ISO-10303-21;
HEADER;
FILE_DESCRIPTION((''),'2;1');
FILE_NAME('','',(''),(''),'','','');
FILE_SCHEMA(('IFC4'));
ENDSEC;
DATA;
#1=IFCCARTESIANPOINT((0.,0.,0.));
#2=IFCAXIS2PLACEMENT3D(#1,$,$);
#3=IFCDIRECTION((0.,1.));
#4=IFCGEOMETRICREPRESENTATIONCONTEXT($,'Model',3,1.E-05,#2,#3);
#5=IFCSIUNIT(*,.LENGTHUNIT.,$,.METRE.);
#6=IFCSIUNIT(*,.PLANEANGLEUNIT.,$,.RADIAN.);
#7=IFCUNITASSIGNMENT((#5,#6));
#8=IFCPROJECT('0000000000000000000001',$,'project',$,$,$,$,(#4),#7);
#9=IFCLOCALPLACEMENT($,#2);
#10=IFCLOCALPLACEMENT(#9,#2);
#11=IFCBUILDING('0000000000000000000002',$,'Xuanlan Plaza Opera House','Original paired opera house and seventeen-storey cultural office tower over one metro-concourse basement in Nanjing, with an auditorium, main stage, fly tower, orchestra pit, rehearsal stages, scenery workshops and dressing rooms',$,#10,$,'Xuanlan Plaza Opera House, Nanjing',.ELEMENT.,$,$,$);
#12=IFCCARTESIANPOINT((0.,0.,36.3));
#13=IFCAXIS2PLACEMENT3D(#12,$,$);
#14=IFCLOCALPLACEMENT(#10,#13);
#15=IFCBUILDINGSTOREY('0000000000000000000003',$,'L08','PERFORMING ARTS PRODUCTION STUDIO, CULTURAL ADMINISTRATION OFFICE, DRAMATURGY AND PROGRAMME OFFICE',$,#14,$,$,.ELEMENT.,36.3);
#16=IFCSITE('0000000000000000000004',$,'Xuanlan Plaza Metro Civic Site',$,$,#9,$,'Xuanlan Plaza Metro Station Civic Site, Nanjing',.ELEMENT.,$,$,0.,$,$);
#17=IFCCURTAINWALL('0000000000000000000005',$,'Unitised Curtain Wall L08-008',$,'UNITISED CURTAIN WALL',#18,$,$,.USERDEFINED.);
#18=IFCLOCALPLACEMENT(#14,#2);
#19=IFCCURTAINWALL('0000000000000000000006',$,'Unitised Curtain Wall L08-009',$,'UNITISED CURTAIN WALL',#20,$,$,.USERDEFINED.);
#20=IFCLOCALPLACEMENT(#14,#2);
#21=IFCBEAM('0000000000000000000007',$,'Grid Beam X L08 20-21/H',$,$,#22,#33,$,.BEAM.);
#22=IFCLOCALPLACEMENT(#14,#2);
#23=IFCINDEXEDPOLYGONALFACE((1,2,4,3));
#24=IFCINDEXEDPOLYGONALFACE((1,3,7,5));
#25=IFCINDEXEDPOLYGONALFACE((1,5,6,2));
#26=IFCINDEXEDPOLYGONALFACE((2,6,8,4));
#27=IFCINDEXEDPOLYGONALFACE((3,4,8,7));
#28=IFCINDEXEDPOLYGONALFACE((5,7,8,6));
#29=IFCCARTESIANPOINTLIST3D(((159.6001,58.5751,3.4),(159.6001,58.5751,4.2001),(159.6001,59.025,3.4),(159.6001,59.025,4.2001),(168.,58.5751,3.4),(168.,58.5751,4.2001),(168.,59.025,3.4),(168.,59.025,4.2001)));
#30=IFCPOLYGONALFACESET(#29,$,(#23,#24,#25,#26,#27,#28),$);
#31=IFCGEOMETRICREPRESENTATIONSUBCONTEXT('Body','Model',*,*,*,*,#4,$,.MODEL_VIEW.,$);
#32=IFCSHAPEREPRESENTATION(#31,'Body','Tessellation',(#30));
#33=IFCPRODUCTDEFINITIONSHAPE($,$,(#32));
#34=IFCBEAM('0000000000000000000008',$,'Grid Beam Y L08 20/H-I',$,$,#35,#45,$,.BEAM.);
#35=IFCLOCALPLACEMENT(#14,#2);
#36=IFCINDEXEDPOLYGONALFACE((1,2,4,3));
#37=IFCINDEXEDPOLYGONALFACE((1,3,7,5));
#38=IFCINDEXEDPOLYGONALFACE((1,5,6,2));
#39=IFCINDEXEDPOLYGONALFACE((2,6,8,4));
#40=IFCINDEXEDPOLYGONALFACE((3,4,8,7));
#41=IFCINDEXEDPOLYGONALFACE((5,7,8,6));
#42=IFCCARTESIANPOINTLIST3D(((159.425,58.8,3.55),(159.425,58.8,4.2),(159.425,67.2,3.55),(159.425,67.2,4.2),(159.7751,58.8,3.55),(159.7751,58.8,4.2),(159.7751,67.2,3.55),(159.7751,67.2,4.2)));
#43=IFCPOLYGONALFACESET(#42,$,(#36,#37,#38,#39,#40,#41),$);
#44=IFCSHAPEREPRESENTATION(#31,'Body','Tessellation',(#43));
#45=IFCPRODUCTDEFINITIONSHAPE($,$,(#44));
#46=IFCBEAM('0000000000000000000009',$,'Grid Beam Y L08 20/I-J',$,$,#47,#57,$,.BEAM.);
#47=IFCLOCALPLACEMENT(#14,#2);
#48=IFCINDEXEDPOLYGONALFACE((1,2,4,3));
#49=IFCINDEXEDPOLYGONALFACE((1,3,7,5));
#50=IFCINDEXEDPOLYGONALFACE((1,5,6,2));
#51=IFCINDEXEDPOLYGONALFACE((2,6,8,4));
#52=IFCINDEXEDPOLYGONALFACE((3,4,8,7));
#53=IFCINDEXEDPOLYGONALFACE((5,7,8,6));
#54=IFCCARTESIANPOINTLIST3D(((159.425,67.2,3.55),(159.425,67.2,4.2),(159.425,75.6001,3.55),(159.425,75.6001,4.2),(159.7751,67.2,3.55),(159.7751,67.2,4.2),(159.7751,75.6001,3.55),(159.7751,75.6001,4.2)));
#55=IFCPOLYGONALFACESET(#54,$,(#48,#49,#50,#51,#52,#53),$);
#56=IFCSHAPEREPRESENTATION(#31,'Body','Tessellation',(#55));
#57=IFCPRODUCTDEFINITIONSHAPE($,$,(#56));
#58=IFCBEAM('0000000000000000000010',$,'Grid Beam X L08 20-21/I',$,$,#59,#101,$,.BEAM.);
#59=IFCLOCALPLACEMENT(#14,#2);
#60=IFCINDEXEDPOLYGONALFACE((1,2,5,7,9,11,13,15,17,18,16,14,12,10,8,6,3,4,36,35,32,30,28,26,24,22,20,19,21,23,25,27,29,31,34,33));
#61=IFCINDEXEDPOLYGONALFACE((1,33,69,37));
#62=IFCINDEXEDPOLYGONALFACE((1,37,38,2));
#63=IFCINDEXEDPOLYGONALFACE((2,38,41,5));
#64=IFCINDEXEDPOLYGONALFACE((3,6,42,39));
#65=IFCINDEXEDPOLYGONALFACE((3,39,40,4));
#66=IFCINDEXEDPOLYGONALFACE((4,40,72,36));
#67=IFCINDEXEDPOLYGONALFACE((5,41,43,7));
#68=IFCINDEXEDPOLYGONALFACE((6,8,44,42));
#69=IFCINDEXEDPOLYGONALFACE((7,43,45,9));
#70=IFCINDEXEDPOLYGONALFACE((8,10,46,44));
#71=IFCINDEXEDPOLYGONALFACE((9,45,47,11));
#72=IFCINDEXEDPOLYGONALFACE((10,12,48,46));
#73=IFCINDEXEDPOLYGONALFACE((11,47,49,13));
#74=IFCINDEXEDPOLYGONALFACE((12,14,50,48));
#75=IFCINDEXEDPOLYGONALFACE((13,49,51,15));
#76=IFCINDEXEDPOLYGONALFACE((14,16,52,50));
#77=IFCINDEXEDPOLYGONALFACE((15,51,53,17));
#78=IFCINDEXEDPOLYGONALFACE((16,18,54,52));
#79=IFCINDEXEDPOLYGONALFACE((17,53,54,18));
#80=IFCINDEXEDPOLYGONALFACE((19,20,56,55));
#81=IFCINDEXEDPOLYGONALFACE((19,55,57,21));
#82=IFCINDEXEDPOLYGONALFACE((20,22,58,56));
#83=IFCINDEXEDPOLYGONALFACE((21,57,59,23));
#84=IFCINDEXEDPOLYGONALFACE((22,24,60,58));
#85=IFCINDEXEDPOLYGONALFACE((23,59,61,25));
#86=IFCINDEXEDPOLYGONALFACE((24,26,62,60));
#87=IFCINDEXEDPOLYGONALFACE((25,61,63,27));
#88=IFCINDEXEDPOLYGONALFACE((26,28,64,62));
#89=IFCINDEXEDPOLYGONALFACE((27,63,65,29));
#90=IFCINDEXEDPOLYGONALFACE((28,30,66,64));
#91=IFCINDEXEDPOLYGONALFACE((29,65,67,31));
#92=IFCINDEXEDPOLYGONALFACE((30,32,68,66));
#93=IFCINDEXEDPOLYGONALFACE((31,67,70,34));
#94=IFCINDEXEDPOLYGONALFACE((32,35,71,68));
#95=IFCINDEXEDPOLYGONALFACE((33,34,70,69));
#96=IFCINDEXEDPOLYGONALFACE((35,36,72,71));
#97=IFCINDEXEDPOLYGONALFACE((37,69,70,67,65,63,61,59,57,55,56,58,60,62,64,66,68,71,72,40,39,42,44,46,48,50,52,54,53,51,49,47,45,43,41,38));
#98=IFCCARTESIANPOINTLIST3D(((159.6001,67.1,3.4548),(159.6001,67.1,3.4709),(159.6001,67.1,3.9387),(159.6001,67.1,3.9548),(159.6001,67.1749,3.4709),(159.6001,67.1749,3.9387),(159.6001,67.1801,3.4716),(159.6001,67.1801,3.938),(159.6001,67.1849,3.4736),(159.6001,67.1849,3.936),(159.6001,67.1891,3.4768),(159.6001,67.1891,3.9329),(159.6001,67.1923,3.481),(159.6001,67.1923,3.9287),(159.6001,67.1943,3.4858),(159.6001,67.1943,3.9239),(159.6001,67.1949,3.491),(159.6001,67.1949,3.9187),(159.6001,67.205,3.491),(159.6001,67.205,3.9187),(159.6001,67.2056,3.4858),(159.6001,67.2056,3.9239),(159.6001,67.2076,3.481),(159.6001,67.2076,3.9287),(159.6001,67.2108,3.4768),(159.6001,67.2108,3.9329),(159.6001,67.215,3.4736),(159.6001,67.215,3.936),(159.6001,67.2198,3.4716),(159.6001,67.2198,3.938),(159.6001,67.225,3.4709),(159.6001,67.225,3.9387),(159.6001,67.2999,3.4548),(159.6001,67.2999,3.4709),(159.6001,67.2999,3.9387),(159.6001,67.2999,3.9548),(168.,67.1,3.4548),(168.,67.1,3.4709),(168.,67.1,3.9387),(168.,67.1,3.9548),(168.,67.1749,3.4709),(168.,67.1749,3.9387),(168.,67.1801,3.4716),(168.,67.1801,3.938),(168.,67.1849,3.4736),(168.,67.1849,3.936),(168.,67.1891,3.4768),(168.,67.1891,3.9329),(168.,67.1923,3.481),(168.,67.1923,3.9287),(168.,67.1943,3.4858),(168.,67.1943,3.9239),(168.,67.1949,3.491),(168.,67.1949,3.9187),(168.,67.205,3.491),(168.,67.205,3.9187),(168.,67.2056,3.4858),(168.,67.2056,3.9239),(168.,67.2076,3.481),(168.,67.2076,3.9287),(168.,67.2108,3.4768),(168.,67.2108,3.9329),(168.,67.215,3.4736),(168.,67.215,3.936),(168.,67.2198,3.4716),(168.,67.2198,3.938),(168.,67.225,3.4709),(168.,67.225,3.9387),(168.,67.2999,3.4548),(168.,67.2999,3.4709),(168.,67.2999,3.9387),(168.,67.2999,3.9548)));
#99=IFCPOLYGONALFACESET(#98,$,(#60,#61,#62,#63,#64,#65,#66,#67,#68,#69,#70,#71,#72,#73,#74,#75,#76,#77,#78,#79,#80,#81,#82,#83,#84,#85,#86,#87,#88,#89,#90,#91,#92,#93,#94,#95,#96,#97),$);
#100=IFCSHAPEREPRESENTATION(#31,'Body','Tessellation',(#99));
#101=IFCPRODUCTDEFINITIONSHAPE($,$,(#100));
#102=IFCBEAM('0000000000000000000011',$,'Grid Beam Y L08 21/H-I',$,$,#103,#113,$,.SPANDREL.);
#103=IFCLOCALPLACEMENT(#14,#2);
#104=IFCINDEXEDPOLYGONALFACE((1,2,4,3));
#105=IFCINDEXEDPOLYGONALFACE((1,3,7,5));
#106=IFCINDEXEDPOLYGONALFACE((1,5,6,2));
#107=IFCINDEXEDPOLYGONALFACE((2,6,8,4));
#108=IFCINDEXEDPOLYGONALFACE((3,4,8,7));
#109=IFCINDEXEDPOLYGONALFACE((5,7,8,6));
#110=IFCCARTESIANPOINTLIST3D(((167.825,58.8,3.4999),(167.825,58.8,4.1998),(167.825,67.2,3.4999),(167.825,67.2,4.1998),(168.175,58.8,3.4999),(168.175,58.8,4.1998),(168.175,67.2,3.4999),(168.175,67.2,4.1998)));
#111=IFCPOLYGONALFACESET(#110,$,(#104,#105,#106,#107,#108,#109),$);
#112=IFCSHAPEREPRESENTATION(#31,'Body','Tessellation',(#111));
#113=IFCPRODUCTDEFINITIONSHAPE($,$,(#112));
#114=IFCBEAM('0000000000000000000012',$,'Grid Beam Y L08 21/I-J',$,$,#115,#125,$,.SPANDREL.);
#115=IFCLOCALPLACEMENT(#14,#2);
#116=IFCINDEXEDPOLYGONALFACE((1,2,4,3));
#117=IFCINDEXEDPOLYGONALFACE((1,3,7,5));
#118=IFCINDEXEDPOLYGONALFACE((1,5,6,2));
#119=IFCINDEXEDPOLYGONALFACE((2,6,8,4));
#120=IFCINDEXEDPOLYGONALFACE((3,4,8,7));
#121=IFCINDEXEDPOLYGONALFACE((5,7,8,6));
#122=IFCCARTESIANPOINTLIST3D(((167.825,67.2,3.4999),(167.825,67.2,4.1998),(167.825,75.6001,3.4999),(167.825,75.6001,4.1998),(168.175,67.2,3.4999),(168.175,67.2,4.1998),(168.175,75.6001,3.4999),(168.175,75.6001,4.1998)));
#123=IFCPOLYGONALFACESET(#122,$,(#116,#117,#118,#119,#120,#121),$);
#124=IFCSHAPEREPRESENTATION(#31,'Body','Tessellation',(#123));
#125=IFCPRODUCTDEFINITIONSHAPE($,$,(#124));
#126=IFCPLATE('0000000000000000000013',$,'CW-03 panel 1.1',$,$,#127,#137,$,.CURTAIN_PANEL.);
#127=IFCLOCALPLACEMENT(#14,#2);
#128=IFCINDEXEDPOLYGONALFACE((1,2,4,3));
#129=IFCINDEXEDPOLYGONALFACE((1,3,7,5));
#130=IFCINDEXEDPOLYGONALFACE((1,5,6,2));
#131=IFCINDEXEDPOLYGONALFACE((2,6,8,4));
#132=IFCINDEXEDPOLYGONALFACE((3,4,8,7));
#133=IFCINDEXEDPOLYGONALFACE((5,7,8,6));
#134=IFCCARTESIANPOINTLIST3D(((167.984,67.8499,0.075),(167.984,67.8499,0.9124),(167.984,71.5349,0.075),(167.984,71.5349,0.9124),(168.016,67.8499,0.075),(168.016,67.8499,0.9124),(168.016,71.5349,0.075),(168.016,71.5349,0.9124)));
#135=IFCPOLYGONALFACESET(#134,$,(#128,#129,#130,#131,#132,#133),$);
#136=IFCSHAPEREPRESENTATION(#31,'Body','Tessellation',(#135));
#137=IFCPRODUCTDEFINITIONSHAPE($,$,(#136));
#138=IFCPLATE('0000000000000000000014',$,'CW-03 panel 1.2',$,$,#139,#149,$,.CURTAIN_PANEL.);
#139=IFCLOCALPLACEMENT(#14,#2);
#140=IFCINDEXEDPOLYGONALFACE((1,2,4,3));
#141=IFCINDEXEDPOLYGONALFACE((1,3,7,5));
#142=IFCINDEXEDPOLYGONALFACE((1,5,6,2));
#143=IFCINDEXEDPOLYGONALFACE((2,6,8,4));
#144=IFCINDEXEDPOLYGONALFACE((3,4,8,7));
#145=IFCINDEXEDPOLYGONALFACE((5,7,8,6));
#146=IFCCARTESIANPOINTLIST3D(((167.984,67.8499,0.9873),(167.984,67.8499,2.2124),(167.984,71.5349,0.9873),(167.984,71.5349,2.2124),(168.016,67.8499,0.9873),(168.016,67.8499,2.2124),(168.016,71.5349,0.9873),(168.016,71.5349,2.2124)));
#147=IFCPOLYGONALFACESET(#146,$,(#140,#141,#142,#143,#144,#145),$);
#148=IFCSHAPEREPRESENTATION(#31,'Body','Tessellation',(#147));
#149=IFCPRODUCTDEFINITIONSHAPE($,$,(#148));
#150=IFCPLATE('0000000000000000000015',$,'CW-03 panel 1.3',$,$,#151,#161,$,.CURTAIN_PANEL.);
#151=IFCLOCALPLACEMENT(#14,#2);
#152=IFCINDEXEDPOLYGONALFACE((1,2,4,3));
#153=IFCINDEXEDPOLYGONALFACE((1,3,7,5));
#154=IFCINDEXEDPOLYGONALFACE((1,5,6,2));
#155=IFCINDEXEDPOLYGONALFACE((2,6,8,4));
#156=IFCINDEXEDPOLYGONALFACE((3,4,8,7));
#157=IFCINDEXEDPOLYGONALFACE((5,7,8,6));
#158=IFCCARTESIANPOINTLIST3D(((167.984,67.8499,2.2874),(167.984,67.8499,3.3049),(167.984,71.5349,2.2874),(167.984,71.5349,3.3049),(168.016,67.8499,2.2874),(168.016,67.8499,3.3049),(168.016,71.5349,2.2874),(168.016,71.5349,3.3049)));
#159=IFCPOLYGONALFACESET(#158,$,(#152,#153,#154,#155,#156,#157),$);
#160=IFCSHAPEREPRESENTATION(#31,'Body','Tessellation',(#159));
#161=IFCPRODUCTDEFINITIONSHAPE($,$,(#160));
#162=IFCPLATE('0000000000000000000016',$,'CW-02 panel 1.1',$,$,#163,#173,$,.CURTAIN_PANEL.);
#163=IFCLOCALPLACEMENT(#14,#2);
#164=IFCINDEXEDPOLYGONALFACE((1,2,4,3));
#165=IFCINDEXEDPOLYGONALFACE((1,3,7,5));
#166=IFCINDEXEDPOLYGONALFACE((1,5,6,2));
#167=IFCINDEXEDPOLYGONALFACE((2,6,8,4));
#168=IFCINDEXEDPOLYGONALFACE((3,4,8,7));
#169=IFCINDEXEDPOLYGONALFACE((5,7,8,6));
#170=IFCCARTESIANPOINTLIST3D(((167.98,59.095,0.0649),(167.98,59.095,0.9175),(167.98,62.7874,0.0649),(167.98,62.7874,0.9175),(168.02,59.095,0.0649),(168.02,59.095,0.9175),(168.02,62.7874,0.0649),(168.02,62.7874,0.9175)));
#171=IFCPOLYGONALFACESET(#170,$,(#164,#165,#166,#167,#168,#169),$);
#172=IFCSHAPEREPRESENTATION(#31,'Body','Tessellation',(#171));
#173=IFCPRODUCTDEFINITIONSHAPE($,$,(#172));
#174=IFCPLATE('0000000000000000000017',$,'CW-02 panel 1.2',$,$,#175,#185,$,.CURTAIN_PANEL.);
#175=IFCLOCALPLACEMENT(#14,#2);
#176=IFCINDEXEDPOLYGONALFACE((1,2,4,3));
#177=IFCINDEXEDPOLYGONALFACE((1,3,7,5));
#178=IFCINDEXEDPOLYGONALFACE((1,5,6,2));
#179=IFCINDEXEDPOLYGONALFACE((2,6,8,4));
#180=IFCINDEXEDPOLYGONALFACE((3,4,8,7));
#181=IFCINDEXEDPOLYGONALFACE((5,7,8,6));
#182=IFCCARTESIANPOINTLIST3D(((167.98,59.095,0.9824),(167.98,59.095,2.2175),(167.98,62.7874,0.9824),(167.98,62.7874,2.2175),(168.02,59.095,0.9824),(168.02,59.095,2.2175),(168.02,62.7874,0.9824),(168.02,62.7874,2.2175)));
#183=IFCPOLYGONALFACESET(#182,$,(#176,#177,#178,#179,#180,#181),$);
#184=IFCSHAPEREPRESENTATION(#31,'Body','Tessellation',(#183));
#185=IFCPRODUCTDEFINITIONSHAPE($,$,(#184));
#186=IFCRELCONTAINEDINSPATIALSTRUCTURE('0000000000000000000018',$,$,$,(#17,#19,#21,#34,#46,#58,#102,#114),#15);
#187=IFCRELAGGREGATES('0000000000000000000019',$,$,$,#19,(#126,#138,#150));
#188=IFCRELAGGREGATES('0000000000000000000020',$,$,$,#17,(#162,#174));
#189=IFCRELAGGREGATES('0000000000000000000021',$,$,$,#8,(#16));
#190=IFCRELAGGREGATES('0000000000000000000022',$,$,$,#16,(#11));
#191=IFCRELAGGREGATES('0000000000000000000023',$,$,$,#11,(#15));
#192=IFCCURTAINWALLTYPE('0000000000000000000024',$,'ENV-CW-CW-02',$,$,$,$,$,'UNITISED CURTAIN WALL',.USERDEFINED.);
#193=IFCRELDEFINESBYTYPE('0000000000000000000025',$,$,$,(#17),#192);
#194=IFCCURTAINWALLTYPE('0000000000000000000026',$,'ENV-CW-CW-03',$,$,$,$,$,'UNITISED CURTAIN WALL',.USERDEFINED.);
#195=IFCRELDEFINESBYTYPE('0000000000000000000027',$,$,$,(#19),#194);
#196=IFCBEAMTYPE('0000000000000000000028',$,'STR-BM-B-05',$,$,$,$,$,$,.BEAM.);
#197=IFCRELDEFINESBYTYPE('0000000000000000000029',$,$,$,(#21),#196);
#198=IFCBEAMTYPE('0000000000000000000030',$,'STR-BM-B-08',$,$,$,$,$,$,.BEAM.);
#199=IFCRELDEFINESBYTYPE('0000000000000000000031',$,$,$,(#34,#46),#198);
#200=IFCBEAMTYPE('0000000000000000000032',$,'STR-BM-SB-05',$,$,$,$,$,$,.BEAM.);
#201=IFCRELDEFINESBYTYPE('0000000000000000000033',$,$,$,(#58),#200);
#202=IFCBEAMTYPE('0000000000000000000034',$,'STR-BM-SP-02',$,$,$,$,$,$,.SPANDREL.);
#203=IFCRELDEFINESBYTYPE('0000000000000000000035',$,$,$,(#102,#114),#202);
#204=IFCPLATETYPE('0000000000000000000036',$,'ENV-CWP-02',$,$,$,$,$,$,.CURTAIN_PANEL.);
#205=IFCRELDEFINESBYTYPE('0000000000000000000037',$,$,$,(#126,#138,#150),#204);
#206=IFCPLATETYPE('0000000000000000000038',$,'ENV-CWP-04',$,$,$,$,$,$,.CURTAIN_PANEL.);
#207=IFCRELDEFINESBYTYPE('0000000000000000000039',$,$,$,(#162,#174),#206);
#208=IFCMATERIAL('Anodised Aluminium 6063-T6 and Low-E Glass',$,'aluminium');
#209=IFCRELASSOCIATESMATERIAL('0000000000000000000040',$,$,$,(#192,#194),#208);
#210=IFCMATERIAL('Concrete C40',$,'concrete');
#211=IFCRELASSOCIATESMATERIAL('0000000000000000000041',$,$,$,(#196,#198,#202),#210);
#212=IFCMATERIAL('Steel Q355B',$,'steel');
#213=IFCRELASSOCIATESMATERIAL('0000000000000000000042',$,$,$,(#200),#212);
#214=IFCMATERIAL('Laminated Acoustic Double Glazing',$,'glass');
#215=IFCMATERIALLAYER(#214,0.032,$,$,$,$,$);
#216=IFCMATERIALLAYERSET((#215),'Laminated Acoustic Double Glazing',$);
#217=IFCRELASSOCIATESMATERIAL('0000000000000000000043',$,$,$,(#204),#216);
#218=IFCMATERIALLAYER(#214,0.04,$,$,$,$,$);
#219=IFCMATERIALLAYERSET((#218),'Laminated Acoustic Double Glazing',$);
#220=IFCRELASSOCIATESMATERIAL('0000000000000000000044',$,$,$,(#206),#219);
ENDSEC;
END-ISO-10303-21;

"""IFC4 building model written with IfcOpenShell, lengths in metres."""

from ifc_helpers import new_model, si_unit, direction, frame, origin, origin_2d, place, context, subcontext, project, spatial, rectangle, i_section, extrude, material, layer, layer_set, material_profile, profile_set, type_object, element, aggregate, save


model = new_model("IFC4")

# Units and contexts
model_context = context("Model", 3, precision=1e-05, world=origin(), true_north=direction((0.0, 1.0)))
body_context = subcontext(model_context, "Body", "Model", "MODEL_VIEW")
ifc_project = project(units=[si_unit("LENGTHUNIT", "METRE"), si_unit("PLANEANGLEUNIT", "RADIAN")], contexts=[model_context])

# Site, building, storey
site_placement = place(None, origin())
site = spatial("IfcSite", under=ifc_project, at=site_placement, Name="Xuanlan Plaza Metro Civic Site", LongName="Xuanlan Plaza Metro Station Civic Site, Nanjing", CompositionType="ELEMENT", RefElevation=0.0)
building_placement = place(site_placement, origin())
building = spatial("IfcBuilding", under=site, at=building_placement, Name="Xuanlan Plaza Opera House", Description="Original paired opera house and seventeen-storey cultural office tower over one metro-concourse basement in Nanjing, with an auditorium, main stage, fly tower, orchestra pit, rehearsal stages, scenery workshops and dressing rooms", LongName="Xuanlan Plaza Opera House, Nanjing", CompositionType="ELEMENT")
storey_placement = place(building_placement, frame((0.0, 0.0, 36.3)))
storey = spatial("IfcBuildingStorey", under=building, at=storey_placement, Name="L08", Description="PERFORMING ARTS PRODUCTION STUDIO, CULTURAL ADMINISTRATION OFFICE, DRAMATURGY AND PROGRAMME OFFICE", CompositionType="ELEMENT", Elevation=36.3)

# Shared definitions
ifc_material_1 = material(Name="Steel Q355B", Category="steel")

# Shared definitions
ifc_material_2 = material(Name="Anodised Aluminium 6063-T6 and Low-E Glass", Category="aluminium")

# Curtain walls
curtain_wall_type_1 = type_object("IfcCurtainWallType", Name="ENV-CW-CW-02", ElementType="UNITISED CURTAIN WALL", PredefinedType="USERDEFINED", material=ifc_material_2)
curtain_wall_1_placement = place(storey_placement, origin())
curtain_wall_1 = element("IfcCurtainWall", 1, at=curtain_wall_1_placement, inside=storey, type_object=curtain_wall_type_1, Name="Unitised Curtain Wall L08-008", ObjectType="UNITISED CURTAIN WALL", PredefinedType="USERDEFINED")
curtain_wall_type_2 = type_object("IfcCurtainWallType", Name="ENV-CW-CW-03", ElementType="UNITISED CURTAIN WALL", PredefinedType="USERDEFINED", material=ifc_material_2)
curtain_wall_2_placement = place(storey_placement, origin())
curtain_wall_2 = element("IfcCurtainWall", 2, at=curtain_wall_2_placement, inside=storey, type_object=curtain_wall_type_2, Name="Unitised Curtain Wall L08-009", ObjectType="UNITISED CURTAIN WALL", PredefinedType="USERDEFINED")

# Beams
ifc_material_3 = material(Name="Concrete C40", Category="concrete")
ifc_material_profile_1 = material_profile(ifc_material_3, rectangle(XDim=0.45, YDim=0.8, at=origin_2d()), Name="RC-BM 450x800")
ifc_profile_set_1 = profile_set([ifc_material_profile_1], Name="Concrete C40")
beam_type_1 = type_object("IfcBeamType", Name="STR-BM-B-05", PredefinedType="BEAM", material=ifc_profile_set_1)
beam_1_placement = place(storey_placement, frame((159.6001, 58.8, 3.8), z_axis=(1.0, 0.0, 0.0), x_axis=(0.0, 1.0, 0.0)))
element("IfcBeam", 3, at=beam_1_placement, inside=storey, type_object=beam_type_1, Name="Grid Beam X L08 20-21/H", PredefinedType="BEAM", context=body_context, shape_type="SweptSolid", body=[
    extrude(rectangle(XDim=0.45, YDim=0.8, at=origin_2d()), origin(), (0.0, 0.0, 1.0), 8.3999),
])
ifc_material_profile_2 = material_profile(ifc_material_3, rectangle(XDim=0.3501, YDim=0.6499, at=origin_2d()), Name="RC-BM 350x650")
ifc_profile_set_2 = profile_set([ifc_material_profile_2], Name="Concrete C40")
beam_type_2 = type_object("IfcBeamType", Name="STR-BM-B-08", PredefinedType="BEAM", material=ifc_profile_set_2)
beam_2_placement = place(storey_placement, frame((159.6001, 58.8, 3.875), z_axis=(0.0, 1.0, 0.0), x_axis=(-1.0, 0.0, 0.0)))
element("IfcBeam", 4, at=beam_2_placement, inside=storey, type_object=beam_type_2, Name="Grid Beam Y L08 20/H-I", PredefinedType="BEAM", context=body_context, shape_type="SweptSolid", body=[
    extrude(rectangle(XDim=0.3501, YDim=0.6499, at=origin_2d()), origin(), (0.0, 0.0, 1.0), 8.3999),
])
beam_3_placement = place(storey_placement, frame((159.6001, 67.2, 3.875), z_axis=(0.0, 1.0, 0.0), x_axis=(-1.0, 0.0, 0.0)))
element("IfcBeam", 5, at=beam_3_placement, inside=storey, type_object=beam_type_2, Name="Grid Beam Y L08 20/I-J", PredefinedType="BEAM", context=body_context, shape_type="SweptSolid", body=[
    extrude(rectangle(XDim=0.3501, YDim=0.6499, at=origin_2d()), origin(), (0.0, 0.0, 1.0), 8.4001),
])
ifc_material_profile_3 = material_profile(ifc_material_1, i_section(OverallWidth=0.2, OverallDepth=0.5, WebThickness=0.01, FlangeThickness=0.0161, FilletRadius=0.02, at=origin_2d()), Name="HN 500x200x10x16")
ifc_profile_set_3 = profile_set([ifc_material_profile_3], Name="Steel Q355B")
beam_type_3 = type_object("IfcBeamType", Name="STR-BM-SB-05", PredefinedType="BEAM", material=ifc_profile_set_3)
beam_4_placement = place(storey_placement, frame((159.6001, 67.2, 3.7048), z_axis=(1.0, 0.0, 0.0), x_axis=(0.0, 1.0, 0.0)))
element("IfcBeam", 6, at=beam_4_placement, inside=storey, type_object=beam_type_3, Name="Grid Beam X L08 20-21/I", PredefinedType="BEAM", context=body_context, shape_type="SweptSolid", body=[
    extrude(i_section(OverallWidth=0.2, OverallDepth=0.5, WebThickness=0.01, FlangeThickness=0.0161, FilletRadius=0.02, at=origin_2d()), origin(), (0.0, 0.0, 1.0), 8.3999),
])
ifc_material_profile_4 = material_profile(ifc_material_3, rectangle(XDim=0.3501, YDim=0.7, at=origin_2d()), Name="RC-SPD 350x700")
ifc_profile_set_4 = profile_set([ifc_material_profile_4], Name="Concrete C40")
beam_type_4 = type_object("IfcBeamType", Name="STR-BM-SP-02", PredefinedType="SPANDREL", material=ifc_profile_set_4)
beam_5_placement = place(storey_placement, frame((168.0, 58.8, 3.8499), z_axis=(0.0, 1.0, 0.0), x_axis=(-1.0, 0.0, 0.0)))
element("IfcBeam", 7, at=beam_5_placement, inside=storey, type_object=beam_type_4, Name="Grid Beam Y L08 21/H-I", PredefinedType="SPANDREL", context=body_context, shape_type="SweptSolid", body=[
    extrude(rectangle(XDim=0.3501, YDim=0.7, at=origin_2d()), origin(), (0.0, 0.0, 1.0), 8.3999),
])
beam_6_placement = place(storey_placement, frame((168.0, 67.2, 3.8499), z_axis=(0.0, 1.0, 0.0), x_axis=(-1.0, 0.0, 0.0)))
element("IfcBeam", 8, at=beam_6_placement, inside=storey, type_object=beam_type_4, Name="Grid Beam Y L08 21/I-J", PredefinedType="SPANDREL", context=body_context, shape_type="SweptSolid", body=[
    extrude(rectangle(XDim=0.3501, YDim=0.7, at=origin_2d()), origin(), (0.0, 0.0, 1.0), 8.4001),
])

# Plates
ifc_material_4 = material(Name="Laminated Acoustic Double Glazing", Category="glass")
ifc_layer_1 = layer(ifc_material_4, 0.032)
ifc_layer_set_1 = layer_set([ifc_layer_1], Name="Laminated Acoustic Double Glazing")
plate_type_1 = type_object("IfcPlateType", Name="ENV-CWP-02", PredefinedType="CURTAIN_PANEL", material=ifc_layer_set_1)
plate_1_placement = place(storey_placement, frame((168.0, 69.6924, 0.075), z_axis=(0.0, 0.0, 1.0), x_axis=(0.0, 1.0, 0.0)))
plate_1 = element("IfcPlate", 9, at=plate_1_placement, type_object=plate_type_1, Name="CW-03 panel 1.1", PredefinedType="CURTAIN_PANEL", context=body_context, shape_type="SweptSolid", body=[
    extrude(rectangle(XDim=3.6851, YDim=0.032, at=origin_2d()), origin(), (0.0, 0.0, 1.0), 0.8374),
])
plate_2_placement = place(storey_placement, frame((168.0, 69.6924, 0.9873), z_axis=(0.0, 0.0, 1.0), x_axis=(0.0, 1.0, 0.0)))
plate_2 = element("IfcPlate", 10, at=plate_2_placement, type_object=plate_type_1, Name="CW-03 panel 1.2", PredefinedType="CURTAIN_PANEL", context=body_context, shape_type="SweptSolid", body=[
    extrude(rectangle(XDim=3.6851, YDim=0.032, at=origin_2d()), origin(), (0.0, 0.0, 1.0), 1.2251),
])
plate_3_placement = place(storey_placement, frame((168.0, 69.6924, 2.2874), z_axis=(0.0, 0.0, 1.0), x_axis=(0.0, 1.0, 0.0)))
plate_3 = element("IfcPlate", 11, at=plate_3_placement, type_object=plate_type_1, Name="CW-03 panel 1.3", PredefinedType="CURTAIN_PANEL", context=body_context, shape_type="SweptSolid", body=[
    extrude(rectangle(XDim=3.6851, YDim=0.032, at=origin_2d()), origin(), (0.0, 0.0, 1.0), 1.0176),
])
aggregate(curtain_wall_2, [plate_1, plate_2, plate_3])
ifc_layer_2 = layer(ifc_material_4, 0.04)
ifc_layer_set_2 = layer_set([ifc_layer_2], Name="Laminated Acoustic Double Glazing")
plate_type_2 = type_object("IfcPlateType", Name="ENV-CWP-04", PredefinedType="CURTAIN_PANEL", material=ifc_layer_set_2)
plate_4_placement = place(storey_placement, frame((168.0, 60.9412, 0.0649), z_axis=(0.0, 0.0, 1.0), x_axis=(0.0, 1.0, 0.0)))
plate_4 = element("IfcPlate", 12, at=plate_4_placement, type_object=plate_type_2, Name="CW-02 panel 1.1", PredefinedType="CURTAIN_PANEL", context=body_context, shape_type="SweptSolid", body=[
    extrude(rectangle(XDim=3.6924, YDim=0.04, at=origin_2d()), origin(), (0.0, 0.0, 1.0), 0.8525),
])
plate_5_placement = place(storey_placement, frame((168.0, 60.9412, 0.9824), z_axis=(0.0, 0.0, 1.0), x_axis=(0.0, 1.0, 0.0)))
plate_5 = element("IfcPlate", 13, at=plate_5_placement, type_object=plate_type_2, Name="CW-02 panel 1.2", PredefinedType="CURTAIN_PANEL", context=body_context, shape_type="SweptSolid", body=[
    extrude(rectangle(XDim=3.6924, YDim=0.04, at=origin_2d()), origin(), (0.0, 0.0, 1.0), 1.2351),
])
aggregate(curtain_wall_1, [plate_4, plate_5])

save(model, "model.ifc")
